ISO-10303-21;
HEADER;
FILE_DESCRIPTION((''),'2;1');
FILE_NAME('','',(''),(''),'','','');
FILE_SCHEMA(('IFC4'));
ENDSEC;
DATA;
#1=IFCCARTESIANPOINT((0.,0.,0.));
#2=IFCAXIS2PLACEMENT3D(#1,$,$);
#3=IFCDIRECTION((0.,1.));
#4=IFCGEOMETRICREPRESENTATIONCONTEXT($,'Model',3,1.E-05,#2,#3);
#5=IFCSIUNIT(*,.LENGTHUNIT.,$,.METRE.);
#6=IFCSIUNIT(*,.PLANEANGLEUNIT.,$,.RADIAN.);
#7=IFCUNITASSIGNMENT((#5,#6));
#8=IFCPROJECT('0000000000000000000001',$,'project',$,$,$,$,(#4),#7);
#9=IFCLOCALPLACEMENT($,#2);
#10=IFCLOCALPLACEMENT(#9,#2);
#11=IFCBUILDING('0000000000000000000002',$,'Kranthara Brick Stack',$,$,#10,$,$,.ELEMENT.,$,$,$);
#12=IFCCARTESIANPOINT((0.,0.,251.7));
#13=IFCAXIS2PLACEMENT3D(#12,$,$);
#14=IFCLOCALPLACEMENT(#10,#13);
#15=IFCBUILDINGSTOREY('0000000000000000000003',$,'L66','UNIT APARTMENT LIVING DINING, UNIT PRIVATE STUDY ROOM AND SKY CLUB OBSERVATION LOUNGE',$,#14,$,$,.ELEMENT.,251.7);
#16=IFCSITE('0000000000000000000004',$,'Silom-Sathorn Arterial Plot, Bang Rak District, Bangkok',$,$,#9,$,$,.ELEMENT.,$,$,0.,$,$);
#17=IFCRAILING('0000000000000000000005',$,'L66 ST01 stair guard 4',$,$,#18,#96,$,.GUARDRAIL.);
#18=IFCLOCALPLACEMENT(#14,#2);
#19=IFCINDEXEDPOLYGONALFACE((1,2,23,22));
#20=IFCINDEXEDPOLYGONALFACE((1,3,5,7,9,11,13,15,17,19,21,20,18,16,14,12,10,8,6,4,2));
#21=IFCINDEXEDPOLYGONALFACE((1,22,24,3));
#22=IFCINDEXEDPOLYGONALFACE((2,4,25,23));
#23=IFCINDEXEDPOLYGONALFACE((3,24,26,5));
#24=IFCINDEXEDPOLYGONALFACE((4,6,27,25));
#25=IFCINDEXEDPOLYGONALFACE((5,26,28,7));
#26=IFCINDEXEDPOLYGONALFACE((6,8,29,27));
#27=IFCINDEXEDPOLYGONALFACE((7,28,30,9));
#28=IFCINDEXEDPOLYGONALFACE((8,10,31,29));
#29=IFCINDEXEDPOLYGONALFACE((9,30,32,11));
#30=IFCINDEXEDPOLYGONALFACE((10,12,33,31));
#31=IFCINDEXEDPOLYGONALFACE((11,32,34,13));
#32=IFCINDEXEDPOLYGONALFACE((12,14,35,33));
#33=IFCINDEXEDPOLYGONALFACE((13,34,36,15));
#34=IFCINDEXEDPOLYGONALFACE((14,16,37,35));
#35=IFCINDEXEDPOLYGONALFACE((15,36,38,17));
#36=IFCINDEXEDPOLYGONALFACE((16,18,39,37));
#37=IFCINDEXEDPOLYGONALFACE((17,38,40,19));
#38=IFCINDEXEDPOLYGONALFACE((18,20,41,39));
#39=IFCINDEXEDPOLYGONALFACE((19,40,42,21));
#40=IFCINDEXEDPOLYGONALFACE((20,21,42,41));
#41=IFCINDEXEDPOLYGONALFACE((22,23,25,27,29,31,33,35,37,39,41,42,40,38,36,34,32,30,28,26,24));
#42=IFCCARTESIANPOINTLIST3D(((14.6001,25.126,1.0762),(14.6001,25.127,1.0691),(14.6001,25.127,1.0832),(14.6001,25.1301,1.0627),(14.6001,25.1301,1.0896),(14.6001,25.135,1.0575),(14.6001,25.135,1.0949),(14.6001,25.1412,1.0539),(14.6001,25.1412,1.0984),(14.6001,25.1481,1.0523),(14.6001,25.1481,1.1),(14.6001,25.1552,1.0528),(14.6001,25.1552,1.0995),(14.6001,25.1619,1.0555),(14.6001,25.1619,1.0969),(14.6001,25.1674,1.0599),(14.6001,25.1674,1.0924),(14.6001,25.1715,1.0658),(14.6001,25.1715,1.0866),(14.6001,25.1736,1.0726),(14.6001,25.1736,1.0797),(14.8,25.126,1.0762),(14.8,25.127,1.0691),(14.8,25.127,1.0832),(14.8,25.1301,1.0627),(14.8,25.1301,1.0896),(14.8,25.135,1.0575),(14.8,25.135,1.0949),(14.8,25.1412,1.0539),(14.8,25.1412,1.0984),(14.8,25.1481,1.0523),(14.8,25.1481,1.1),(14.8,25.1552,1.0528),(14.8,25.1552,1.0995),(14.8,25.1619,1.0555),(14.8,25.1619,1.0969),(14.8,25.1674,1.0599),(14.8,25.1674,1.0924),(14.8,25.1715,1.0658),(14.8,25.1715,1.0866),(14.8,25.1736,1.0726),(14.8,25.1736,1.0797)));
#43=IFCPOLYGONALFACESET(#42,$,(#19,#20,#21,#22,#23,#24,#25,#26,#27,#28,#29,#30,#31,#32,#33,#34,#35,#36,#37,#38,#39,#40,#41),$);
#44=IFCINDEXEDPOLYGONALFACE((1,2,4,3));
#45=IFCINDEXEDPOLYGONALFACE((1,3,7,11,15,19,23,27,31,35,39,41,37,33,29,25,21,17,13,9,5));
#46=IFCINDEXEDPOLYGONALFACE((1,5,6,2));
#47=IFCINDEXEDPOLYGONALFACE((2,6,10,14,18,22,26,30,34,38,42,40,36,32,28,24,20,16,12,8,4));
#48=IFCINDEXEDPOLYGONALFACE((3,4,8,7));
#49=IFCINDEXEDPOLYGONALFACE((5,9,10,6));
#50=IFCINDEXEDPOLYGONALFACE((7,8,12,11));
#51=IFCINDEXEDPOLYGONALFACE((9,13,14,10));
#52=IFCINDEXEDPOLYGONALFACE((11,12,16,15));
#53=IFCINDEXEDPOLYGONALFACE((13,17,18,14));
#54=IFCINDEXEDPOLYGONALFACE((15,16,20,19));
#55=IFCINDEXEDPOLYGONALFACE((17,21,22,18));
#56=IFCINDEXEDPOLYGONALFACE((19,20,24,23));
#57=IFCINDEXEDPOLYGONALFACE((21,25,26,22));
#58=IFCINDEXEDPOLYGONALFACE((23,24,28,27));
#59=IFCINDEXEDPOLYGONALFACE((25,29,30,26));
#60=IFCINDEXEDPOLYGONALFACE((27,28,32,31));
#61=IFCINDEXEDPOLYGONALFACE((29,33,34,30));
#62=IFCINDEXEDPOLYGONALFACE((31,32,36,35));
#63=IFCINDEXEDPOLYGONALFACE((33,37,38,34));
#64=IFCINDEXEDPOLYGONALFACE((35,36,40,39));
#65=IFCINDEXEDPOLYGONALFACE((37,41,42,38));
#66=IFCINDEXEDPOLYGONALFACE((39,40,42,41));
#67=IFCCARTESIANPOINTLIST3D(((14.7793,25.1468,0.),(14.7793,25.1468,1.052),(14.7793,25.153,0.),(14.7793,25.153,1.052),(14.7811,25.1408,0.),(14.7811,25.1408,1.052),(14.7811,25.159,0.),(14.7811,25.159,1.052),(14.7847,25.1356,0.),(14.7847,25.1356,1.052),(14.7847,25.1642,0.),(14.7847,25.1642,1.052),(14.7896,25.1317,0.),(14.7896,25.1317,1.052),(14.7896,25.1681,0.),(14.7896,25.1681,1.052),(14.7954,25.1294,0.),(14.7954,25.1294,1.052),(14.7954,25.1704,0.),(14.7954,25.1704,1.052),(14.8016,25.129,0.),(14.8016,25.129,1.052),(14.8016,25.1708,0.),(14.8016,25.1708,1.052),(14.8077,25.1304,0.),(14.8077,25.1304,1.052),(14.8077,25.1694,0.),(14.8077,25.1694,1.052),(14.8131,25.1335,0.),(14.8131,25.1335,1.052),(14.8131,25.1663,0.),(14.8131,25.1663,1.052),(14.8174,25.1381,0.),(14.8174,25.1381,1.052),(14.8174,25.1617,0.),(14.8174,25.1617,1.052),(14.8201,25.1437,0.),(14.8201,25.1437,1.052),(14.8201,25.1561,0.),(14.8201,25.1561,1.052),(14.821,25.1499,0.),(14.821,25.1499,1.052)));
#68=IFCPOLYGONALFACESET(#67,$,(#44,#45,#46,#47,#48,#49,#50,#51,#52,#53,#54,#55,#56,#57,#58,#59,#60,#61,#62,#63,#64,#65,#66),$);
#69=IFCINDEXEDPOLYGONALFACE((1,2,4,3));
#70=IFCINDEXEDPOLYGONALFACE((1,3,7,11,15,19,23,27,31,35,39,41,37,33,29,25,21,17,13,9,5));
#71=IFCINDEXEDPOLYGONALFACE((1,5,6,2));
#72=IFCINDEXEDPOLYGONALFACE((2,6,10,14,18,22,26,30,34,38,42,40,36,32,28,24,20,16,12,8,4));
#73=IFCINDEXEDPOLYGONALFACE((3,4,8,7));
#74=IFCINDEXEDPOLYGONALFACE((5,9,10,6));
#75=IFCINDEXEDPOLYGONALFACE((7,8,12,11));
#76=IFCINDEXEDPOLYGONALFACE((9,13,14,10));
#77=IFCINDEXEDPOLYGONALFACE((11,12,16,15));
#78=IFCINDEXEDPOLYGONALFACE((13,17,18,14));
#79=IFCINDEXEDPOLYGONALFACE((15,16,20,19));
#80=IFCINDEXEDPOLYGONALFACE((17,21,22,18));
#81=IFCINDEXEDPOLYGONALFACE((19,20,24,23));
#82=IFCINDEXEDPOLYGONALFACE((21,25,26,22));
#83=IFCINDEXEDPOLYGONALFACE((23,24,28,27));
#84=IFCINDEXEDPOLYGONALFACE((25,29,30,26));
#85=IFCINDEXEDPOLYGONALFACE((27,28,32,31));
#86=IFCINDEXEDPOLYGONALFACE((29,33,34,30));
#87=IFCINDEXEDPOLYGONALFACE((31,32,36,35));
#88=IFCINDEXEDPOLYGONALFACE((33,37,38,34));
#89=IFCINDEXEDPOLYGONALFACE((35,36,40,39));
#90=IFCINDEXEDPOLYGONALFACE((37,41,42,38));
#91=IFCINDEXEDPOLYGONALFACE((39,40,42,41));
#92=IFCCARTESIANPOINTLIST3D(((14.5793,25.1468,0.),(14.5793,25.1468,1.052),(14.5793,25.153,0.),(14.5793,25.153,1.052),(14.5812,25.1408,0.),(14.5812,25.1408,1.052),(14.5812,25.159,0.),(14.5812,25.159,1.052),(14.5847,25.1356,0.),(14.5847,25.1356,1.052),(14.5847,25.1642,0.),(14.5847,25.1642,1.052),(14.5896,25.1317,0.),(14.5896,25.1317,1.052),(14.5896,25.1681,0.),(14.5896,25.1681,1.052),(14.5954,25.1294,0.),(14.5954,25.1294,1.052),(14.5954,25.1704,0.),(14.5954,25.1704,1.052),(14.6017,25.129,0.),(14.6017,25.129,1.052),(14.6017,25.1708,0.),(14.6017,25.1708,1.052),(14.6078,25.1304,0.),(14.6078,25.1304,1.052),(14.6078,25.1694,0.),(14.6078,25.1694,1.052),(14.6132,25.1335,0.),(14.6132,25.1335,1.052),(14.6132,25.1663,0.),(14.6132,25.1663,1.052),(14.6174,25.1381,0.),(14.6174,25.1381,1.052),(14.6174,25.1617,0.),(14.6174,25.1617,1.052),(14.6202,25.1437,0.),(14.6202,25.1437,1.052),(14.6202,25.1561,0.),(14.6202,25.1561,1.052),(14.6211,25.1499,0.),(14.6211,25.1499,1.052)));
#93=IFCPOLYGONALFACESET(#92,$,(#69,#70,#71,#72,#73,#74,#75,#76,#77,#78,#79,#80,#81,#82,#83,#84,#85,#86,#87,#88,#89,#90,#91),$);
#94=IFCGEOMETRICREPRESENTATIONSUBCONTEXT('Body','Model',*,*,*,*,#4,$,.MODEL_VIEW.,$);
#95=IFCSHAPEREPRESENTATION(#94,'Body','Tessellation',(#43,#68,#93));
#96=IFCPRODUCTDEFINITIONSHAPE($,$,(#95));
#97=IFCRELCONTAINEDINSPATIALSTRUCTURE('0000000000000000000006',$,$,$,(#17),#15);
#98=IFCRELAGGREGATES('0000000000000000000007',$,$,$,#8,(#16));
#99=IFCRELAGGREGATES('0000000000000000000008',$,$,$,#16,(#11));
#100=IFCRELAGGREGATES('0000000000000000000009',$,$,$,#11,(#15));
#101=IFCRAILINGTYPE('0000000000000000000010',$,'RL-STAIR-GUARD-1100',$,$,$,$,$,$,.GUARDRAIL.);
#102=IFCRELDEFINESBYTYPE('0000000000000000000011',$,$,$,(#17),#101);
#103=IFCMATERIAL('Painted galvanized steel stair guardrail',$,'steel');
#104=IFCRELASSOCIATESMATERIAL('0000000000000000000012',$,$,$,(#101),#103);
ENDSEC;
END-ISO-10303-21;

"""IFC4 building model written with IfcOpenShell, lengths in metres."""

from ifc_helpers import new_model, si_unit, direction, frame, origin, origin_2d, place, context, subcontext, project, spatial, circle, extrude, material, type_object, element, save


model = new_model("IFC4")

# Units and contexts
model_context = context("Model", 3, precision=1e-05, world=origin(), true_north=direction((0.0, 1.0)))
body_context = subcontext(model_context, "Body", "Model", "MODEL_VIEW")
ifc_project = project(units=[si_unit("LENGTHUNIT", "METRE"), si_unit("PLANEANGLEUNIT", "RADIAN")], contexts=[model_context])

# Site, building, storey
site_placement = place(None, origin())
site = spatial("IfcSite", under=ifc_project, at=site_placement, Name="Silom-Sathorn Arterial Plot, Bang Rak District, Bangkok", CompositionType="ELEMENT", RefElevation=0.0)
building_placement = place(site_placement, origin())
building = spatial("IfcBuilding", under=site, at=building_placement, Name="Kranthara Brick Stack", CompositionType="ELEMENT")
storey_placement = place(building_placement, frame((0.0, 0.0, 251.7)))
storey = spatial("IfcBuildingStorey", under=building, at=storey_placement, Name="L66", Description="UNIT APARTMENT LIVING DINING, UNIT PRIVATE STUDY ROOM AND SKY CLUB OBSERVATION LOUNGE", CompositionType="ELEMENT", Elevation=251.7)

# Railing
ifc_material_1 = material(Name="Painted galvanized steel stair guardrail", Category="steel")
railing_type = type_object("IfcRailingType", Name="RL-STAIR-GUARD-1100", PredefinedType="GUARDRAIL", material=ifc_material_1)
railing_placement = place(storey_placement, frame((14.8, 25.1499, 0.0)))
element("IfcRailing", 1, at=railing_placement, inside=storey, type_object=railing_type, Name="L66 ST01 stair guard 4", PredefinedType="GUARDRAIL", context=body_context, shape_type="SweptSolid", body=[
    extrude(circle(Radius=0.0239, at=origin_2d()), frame((0.0, 0.0, 1.0762), z_axis=(-1.0, 0.0, 0.0), x_axis=(0.0, -1.0, 0.0)), (0.0, 0.0, 1.0), 0.2),
    extrude(circle(Radius=0.021, at=origin_2d()), origin(), (0.0, 0.0, 1.0), 1.052),
    extrude(circle(Radius=0.021, at=origin_2d()), frame((-0.2, 0.0, 0.0)), (0.0, 0.0, 1.0), 1.052),
])

save(model, "model.ifc")
